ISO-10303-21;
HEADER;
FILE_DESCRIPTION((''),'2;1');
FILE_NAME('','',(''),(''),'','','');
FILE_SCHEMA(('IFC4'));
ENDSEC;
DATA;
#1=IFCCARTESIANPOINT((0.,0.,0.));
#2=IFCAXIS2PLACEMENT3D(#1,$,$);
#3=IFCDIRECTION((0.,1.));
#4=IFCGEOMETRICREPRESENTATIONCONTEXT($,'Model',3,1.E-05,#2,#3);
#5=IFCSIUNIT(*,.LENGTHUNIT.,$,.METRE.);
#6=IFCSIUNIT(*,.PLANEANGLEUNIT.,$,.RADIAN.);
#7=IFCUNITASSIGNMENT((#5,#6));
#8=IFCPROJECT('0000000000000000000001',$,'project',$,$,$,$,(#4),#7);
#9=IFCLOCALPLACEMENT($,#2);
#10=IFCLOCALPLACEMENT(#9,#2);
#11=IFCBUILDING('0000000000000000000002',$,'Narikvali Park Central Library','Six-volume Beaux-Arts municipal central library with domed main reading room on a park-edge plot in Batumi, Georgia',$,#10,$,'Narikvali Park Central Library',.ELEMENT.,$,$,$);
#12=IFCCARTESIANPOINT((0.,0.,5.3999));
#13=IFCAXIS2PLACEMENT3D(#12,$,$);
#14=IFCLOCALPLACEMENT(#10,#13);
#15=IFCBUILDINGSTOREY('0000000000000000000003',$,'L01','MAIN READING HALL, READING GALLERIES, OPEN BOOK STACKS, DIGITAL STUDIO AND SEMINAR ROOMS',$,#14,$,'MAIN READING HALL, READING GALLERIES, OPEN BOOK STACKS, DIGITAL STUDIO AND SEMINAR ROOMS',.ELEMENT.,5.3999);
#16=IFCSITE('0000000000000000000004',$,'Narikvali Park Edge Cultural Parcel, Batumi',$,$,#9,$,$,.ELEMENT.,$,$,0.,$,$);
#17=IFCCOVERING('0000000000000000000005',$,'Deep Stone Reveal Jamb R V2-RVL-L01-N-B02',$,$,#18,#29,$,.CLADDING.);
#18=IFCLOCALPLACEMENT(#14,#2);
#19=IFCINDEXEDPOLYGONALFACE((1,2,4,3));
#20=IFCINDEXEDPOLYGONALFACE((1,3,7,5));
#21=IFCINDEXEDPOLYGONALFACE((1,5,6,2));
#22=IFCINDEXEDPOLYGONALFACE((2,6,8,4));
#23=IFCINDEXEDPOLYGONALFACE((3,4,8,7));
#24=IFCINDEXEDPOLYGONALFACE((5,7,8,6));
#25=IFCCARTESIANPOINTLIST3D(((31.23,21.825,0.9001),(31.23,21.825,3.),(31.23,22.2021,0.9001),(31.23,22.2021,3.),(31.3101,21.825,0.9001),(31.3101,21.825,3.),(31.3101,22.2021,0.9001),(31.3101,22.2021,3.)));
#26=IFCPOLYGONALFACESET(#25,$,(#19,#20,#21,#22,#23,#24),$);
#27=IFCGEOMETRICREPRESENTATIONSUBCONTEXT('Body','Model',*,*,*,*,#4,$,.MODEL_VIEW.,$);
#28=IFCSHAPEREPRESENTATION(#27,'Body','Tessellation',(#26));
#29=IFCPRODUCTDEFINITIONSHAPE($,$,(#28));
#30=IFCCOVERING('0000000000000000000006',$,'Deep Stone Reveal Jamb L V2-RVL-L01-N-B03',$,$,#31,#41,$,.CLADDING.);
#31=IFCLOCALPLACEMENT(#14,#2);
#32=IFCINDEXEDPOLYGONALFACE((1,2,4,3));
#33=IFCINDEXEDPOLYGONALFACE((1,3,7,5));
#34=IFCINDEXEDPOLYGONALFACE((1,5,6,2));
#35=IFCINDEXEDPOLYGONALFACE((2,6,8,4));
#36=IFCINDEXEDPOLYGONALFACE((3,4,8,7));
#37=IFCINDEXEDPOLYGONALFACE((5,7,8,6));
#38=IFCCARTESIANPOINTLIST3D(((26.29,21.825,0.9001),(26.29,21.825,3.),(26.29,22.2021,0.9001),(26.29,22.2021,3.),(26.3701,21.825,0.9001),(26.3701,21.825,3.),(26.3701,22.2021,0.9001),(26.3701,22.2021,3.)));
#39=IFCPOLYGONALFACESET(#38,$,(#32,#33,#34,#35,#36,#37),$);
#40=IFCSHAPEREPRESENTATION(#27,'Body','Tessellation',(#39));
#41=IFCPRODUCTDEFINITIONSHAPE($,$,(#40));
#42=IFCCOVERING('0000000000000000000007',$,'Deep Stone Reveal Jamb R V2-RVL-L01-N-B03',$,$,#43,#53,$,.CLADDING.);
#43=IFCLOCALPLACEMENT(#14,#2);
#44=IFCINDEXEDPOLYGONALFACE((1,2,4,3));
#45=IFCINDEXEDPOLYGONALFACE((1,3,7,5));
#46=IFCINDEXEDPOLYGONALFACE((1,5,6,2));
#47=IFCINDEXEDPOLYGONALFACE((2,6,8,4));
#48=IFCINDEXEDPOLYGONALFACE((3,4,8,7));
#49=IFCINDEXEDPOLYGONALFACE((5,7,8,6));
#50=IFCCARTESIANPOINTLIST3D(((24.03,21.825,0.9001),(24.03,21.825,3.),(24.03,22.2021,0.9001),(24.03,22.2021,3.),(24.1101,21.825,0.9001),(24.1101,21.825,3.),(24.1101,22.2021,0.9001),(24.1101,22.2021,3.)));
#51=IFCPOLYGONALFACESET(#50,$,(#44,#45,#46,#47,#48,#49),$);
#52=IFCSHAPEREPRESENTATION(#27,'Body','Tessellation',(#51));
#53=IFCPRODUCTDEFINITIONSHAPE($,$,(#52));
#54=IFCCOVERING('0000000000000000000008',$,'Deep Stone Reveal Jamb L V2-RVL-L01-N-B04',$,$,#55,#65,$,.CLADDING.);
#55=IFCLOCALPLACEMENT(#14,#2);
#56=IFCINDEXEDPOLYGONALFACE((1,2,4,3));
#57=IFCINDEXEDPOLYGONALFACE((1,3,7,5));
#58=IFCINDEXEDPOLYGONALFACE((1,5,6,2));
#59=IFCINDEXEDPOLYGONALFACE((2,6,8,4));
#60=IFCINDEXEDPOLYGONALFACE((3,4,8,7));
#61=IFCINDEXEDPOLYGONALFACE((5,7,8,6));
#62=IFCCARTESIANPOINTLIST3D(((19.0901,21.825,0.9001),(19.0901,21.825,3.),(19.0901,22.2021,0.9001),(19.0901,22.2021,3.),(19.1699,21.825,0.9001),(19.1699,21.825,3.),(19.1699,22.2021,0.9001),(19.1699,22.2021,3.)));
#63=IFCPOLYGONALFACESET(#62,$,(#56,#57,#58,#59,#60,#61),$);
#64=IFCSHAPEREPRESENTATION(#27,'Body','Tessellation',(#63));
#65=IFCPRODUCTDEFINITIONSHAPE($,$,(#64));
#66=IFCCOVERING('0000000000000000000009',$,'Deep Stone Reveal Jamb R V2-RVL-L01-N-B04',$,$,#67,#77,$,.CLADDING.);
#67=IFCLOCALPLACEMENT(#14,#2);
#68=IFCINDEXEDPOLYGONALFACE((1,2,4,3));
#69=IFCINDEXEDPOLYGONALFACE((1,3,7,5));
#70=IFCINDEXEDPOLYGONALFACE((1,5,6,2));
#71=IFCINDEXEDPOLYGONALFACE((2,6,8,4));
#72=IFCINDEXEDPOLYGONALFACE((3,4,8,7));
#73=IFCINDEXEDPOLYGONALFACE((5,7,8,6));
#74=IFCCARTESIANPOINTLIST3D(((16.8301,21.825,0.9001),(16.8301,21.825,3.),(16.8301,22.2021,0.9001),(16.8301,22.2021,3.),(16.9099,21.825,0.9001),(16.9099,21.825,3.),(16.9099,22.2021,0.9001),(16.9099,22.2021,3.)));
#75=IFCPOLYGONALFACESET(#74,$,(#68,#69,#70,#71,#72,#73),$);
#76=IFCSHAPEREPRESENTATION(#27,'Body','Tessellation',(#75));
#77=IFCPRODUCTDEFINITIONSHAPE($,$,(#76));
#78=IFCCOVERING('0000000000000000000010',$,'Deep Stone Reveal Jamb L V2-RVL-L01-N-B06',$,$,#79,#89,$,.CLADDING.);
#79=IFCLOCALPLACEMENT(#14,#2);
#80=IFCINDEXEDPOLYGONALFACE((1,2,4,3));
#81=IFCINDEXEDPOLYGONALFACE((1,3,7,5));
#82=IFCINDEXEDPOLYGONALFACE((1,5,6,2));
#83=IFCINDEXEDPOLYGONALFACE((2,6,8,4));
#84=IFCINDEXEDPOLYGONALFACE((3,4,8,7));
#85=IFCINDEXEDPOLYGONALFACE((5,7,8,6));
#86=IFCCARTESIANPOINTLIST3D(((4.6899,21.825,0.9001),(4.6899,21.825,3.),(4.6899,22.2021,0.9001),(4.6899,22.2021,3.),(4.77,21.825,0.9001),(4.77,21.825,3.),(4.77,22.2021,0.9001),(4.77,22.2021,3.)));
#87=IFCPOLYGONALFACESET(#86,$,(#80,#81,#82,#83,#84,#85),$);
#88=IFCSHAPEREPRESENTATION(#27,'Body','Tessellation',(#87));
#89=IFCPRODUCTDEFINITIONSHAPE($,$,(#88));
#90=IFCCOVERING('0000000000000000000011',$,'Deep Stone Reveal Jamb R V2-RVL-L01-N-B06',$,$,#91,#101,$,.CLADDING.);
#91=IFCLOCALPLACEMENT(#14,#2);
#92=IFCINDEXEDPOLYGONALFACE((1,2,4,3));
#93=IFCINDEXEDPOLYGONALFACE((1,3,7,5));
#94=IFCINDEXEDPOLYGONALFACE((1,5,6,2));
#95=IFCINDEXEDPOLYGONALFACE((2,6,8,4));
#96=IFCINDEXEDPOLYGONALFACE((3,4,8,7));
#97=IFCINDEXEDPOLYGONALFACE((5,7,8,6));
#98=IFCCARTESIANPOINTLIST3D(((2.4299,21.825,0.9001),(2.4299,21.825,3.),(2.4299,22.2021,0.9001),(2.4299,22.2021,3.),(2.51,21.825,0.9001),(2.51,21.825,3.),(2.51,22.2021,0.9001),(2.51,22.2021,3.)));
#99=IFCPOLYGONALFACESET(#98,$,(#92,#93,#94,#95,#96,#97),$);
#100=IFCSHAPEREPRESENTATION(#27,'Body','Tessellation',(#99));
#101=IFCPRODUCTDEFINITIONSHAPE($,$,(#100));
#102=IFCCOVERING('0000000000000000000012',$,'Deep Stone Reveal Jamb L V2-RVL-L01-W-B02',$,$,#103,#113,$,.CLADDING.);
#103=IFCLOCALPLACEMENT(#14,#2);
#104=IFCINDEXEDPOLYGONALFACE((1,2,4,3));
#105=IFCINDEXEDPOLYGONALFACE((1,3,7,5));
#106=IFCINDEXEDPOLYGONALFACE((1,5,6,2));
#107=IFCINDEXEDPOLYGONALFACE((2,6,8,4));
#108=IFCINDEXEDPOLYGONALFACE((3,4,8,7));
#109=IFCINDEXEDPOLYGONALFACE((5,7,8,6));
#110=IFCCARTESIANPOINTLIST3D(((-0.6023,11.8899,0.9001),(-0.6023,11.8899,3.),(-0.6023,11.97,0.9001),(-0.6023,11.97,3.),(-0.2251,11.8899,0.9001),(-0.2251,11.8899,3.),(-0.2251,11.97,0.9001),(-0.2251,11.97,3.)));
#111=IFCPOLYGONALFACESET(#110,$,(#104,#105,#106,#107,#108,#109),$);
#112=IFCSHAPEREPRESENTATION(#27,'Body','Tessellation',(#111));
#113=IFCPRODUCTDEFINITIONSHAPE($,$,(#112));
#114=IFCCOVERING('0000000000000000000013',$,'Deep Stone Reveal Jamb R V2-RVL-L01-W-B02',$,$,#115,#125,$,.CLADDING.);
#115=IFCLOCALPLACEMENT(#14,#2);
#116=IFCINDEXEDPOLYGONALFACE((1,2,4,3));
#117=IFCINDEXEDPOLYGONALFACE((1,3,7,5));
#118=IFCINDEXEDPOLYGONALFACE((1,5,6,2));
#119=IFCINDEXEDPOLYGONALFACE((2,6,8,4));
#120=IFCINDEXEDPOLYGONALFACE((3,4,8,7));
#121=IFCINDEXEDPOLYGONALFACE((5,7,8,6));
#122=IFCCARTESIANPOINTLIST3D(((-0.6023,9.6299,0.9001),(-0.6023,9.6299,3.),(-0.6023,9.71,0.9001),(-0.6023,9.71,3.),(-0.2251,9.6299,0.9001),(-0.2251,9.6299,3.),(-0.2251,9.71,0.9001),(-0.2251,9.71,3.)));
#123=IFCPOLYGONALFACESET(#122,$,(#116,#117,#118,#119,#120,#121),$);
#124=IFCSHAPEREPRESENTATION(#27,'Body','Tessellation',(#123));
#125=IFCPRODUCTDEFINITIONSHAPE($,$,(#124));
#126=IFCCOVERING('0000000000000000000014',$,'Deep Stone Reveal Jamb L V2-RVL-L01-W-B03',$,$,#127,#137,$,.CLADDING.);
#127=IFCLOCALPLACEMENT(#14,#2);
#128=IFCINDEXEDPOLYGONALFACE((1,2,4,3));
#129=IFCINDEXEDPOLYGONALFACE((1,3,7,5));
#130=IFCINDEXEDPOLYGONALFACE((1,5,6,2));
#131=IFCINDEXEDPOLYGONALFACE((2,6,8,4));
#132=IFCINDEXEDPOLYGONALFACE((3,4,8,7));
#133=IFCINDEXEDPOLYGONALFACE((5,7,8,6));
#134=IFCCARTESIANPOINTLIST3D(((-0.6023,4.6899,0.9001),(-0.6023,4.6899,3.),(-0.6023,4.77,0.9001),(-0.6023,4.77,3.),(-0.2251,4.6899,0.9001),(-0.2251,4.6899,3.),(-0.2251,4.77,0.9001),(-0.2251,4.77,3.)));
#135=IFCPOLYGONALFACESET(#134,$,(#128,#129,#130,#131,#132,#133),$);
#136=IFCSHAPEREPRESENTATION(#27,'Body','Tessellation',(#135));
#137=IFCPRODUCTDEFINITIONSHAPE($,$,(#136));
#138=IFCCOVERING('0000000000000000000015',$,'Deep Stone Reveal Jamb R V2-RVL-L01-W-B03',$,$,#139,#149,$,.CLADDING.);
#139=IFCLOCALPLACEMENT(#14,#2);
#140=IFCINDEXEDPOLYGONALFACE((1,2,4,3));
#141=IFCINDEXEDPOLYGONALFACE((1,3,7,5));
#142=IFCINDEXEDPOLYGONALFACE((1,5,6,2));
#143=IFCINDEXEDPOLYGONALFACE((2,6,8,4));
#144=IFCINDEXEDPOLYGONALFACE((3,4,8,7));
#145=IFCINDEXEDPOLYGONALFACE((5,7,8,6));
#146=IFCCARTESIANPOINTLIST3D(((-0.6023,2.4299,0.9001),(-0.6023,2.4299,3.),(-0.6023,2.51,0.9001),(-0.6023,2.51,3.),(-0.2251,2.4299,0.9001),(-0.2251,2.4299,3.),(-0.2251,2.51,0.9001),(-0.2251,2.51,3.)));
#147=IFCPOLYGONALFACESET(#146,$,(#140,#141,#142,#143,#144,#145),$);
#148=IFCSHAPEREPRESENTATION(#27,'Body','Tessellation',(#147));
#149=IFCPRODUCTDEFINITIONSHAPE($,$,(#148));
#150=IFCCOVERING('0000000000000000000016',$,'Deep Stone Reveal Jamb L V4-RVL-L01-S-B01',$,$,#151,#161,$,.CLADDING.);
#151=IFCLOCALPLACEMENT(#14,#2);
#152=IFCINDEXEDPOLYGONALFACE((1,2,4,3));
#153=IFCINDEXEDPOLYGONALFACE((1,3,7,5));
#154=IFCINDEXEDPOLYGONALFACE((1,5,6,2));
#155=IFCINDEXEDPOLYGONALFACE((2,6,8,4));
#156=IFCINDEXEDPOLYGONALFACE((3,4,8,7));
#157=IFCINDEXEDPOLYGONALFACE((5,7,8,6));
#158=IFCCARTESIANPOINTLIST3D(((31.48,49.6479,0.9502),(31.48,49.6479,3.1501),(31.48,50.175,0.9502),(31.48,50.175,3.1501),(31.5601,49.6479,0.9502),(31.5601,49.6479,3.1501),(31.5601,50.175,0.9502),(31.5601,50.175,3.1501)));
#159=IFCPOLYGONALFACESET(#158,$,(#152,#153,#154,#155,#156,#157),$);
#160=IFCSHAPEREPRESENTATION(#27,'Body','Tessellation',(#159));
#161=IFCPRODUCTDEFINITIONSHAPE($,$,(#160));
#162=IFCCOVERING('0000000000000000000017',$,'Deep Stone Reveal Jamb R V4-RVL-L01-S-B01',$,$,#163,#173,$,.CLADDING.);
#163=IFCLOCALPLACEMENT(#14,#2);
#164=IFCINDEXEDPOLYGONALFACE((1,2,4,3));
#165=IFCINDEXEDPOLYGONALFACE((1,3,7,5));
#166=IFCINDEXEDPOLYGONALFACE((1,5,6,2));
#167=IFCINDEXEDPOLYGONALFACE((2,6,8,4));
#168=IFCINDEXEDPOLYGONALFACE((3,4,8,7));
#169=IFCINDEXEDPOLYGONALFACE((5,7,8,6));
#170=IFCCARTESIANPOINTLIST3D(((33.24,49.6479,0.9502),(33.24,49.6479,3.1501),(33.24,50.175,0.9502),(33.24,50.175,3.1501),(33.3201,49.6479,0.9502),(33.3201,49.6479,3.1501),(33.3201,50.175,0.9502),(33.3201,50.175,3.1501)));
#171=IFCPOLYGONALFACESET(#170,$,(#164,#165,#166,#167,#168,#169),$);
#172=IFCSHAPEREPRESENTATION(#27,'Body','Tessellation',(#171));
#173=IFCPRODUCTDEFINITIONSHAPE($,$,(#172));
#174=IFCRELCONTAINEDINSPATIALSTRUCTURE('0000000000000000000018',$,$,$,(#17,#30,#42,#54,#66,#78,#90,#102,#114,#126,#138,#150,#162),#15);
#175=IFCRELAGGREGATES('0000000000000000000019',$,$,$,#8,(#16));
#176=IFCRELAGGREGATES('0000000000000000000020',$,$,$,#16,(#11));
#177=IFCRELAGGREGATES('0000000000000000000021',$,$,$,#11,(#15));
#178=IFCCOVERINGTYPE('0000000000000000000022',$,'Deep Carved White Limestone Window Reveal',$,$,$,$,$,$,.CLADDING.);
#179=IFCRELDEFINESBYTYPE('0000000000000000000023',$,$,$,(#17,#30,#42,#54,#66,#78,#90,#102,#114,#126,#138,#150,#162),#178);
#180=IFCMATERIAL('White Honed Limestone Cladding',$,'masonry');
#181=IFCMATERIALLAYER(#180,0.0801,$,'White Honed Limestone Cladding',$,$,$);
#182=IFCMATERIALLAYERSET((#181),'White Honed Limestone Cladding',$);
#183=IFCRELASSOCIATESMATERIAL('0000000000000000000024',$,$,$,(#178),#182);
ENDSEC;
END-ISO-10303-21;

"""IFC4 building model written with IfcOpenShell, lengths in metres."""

from ifc_helpers import new_model, si_unit, direction, frame, origin, place, context, subcontext, project, spatial, polyline, outline, extrude, material, layer, layer_set, type_object, element, save


model = new_model("IFC4")

# Units and contexts
model_context = context("Model", 3, precision=1e-05, world=origin(), true_north=direction((0.0, 1.0)))
body_context = subcontext(model_context, "Body", "Model", "MODEL_VIEW")
ifc_project = project(units=[si_unit("LENGTHUNIT", "METRE"), si_unit("PLANEANGLEUNIT", "RADIAN")], contexts=[model_context])

# Site, building, storey
site_placement = place(None, origin())
site = spatial("IfcSite", under=ifc_project, at=site_placement, Name="Narikvali Park Edge Cultural Parcel, Batumi", CompositionType="ELEMENT", RefElevation=0.0)
building_placement = place(site_placement, origin())
building = spatial("IfcBuilding", under=site, at=building_placement, Name="Narikvali Park Central Library", Description="Six-volume Beaux-Arts municipal central library with domed main reading room on a park-edge plot in Batumi, Georgia", LongName="Narikvali Park Central Library", CompositionType="ELEMENT")
storey_placement = place(building_placement, frame((0.0, 0.0, 5.3999)))
storey = spatial("IfcBuildingStorey", under=building, at=storey_placement, Name="L01", Description="MAIN READING HALL, READING GALLERIES, OPEN BOOK STACKS, DIGITAL STUDIO AND SEMINAR ROOMS", LongName="MAIN READING HALL, READING GALLERIES, OPEN BOOK STACKS, DIGITAL STUDIO AND SEMINAR ROOMS", CompositionType="ELEMENT", Elevation=5.3999)

# Coverings
ifc_material = material(Name="White Honed Limestone Cladding", Category="masonry")
ifc_layer = layer(ifc_material, 0.0801, Name="White Honed Limestone Cladding")
ifc_layer_set = layer_set([ifc_layer], Name="White Honed Limestone Cladding")
covering_type = type_object("IfcCoveringType", Name="Deep Carved White Limestone Window Reveal", PredefinedType="CLADDING", material=ifc_layer_set)
covering_1_placement = place(storey_placement, frame((0.0, 0.0, 0.9001)))
element("IfcCovering", 1, at=covering_1_placement, inside=storey, type_object=covering_type, Name="Deep Stone Reveal Jamb R V2-RVL-L01-N-B02", PredefinedType="CLADDING", context=body_context, shape_type="SweptSolid", body=[
    extrude(outline(polyline([(31.3101, 21.825), (31.23, 21.825), (31.23, 22.2021), (31.3101, 22.2021), (31.3101, 21.825)])), origin(), (0.0, 0.0, 1.0), 2.0999),
])
covering_2_placement = place(storey_placement, frame((0.0, 0.0, 0.9001)))
element("IfcCovering", 2, at=covering_2_placement, inside=storey, type_object=covering_type, Name="Deep Stone Reveal Jamb L V2-RVL-L01-N-B03", PredefinedType="CLADDING", context=body_context, shape_type="SweptSolid", body=[
    extrude(outline(polyline([(26.3701, 21.825), (26.29, 21.825), (26.29, 22.2021), (26.3701, 22.2021), (26.3701, 21.825)])), origin(), (0.0, 0.0, 1.0), 2.0999),
])
covering_3_placement = place(storey_placement, frame((0.0, 0.0, 0.9001)))
element("IfcCovering", 3, at=covering_3_placement, inside=storey, type_object=covering_type, Name="Deep Stone Reveal Jamb R V2-RVL-L01-N-B03", PredefinedType="CLADDING", context=body_context, shape_type="SweptSolid", body=[
    extrude(outline(polyline([(24.1101, 21.825), (24.03, 21.825), (24.03, 22.2021), (24.1101, 22.2021), (24.1101, 21.825)])), origin(), (0.0, 0.0, 1.0), 2.0999),
])
covering_4_placement = place(storey_placement, frame((0.0, 0.0, 0.9001)))
element("IfcCovering", 4, at=covering_4_placement, inside=storey, type_object=covering_type, Name="Deep Stone Reveal Jamb L V2-RVL-L01-N-B04", PredefinedType="CLADDING", context=body_context, shape_type="SweptSolid", body=[
    extrude(outline(polyline([(19.1699, 21.825), (19.0901, 21.825), (19.0901, 22.2021), (19.1699, 22.2021), (19.1699, 21.825)])), origin(), (0.0, 0.0, 1.0), 2.0999),
])
covering_5_placement = place(storey_placement, frame((0.0, 0.0, 0.9001)))
element("IfcCovering", 5, at=covering_5_placement, inside=storey, type_object=covering_type, Name="Deep Stone Reveal Jamb R V2-RVL-L01-N-B04", PredefinedType="CLADDING", context=body_context, shape_type="SweptSolid", body=[
    extrude(outline(polyline([(16.9099, 21.825), (16.8301, 21.825), (16.8301, 22.2021), (16.9099, 22.2021), (16.9099, 21.825)])), origin(), (0.0, 0.0, 1.0), 2.0999),
])
covering_6_placement = place(storey_placement, frame((0.0, 0.0, 0.9001)))
element("IfcCovering", 6, at=covering_6_placement, inside=storey, type_object=covering_type, Name="Deep Stone Reveal Jamb L V2-RVL-L01-N-B06", PredefinedType="CLADDING", context=body_context, shape_type="SweptSolid", body=[
    extrude(outline(polyline([(4.77, 21.825), (4.6899, 21.825), (4.6899, 22.2021), (4.77, 22.2021), (4.77, 21.825)])), origin(), (0.0, 0.0, 1.0), 2.0999),
])
covering_7_placement = place(storey_placement, frame((0.0, 0.0, 0.9001)))
element("IfcCovering", 7, at=covering_7_placement, inside=storey, type_object=covering_type, Name="Deep Stone Reveal Jamb R V2-RVL-L01-N-B06", PredefinedType="CLADDING", context=body_context, shape_type="SweptSolid", body=[
    extrude(outline(polyline([(2.51, 21.825), (2.4299, 21.825), (2.4299, 22.2021), (2.51, 22.2021), (2.51, 21.825)])), origin(), (0.0, 0.0, 1.0), 2.0999),
])
covering_8_placement = place(storey_placement, frame((0.0, 0.0, 0.9001)))
element("IfcCovering", 8, at=covering_8_placement, inside=storey, type_object=covering_type, Name="Deep Stone Reveal Jamb L V2-RVL-L01-W-B02", PredefinedType="CLADDING", context=body_context, shape_type="SweptSolid", body=[
    extrude(outline(polyline([(-0.2251, 11.97), (-0.2251, 11.8899), (-0.6023, 11.8899), (-0.6023, 11.97), (-0.2251, 11.97)])), origin(), (0.0, 0.0, 1.0), 2.0999),
])
covering_9_placement = place(storey_placement, frame((0.0, 0.0, 0.9001)))
element("IfcCovering", 9, at=covering_9_placement, inside=storey, type_object=covering_type, Name="Deep Stone Reveal Jamb R V2-RVL-L01-W-B02", PredefinedType="CLADDING", context=body_context, shape_type="SweptSolid", body=[
    extrude(outline(polyline([(-0.2251, 9.71), (-0.2251, 9.6299), (-0.6023, 9.6299), (-0.6023, 9.71), (-0.2251, 9.71)])), origin(), (0.0, 0.0, 1.0), 2.0999),
])
covering_10_placement = place(storey_placement, frame((0.0, 0.0, 0.9001)))
element("IfcCovering", 10, at=covering_10_placement, inside=storey, type_object=covering_type, Name="Deep Stone Reveal Jamb L V2-RVL-L01-W-B03", PredefinedType="CLADDING", context=body_context, shape_type="SweptSolid", body=[
    extrude(outline(polyline([(-0.2251, 4.77), (-0.2251, 4.6899), (-0.6023, 4.6899), (-0.6023, 4.77), (-0.2251, 4.77)])), origin(), (0.0, 0.0, 1.0), 2.0999),
])
covering_11_placement = place(storey_placement, frame((0.0, 0.0, 0.9001)))
element("IfcCovering", 11, at=covering_11_placement, inside=storey, type_object=covering_type, Name="Deep Stone Reveal Jamb R V2-RVL-L01-W-B03", PredefinedType="CLADDING", context=body_context, shape_type="SweptSolid", body=[
    extrude(outline(polyline([(-0.2251, 2.51), (-0.2251, 2.4299), (-0.6023, 2.4299), (-0.6023, 2.51), (-0.2251, 2.51)])), origin(), (0.0, 0.0, 1.0), 2.0999),
])
covering_12_placement = place(storey_placement, frame((0.0, 0.0, 0.9502)))
element("IfcCovering", 12, at=covering_12_placement, inside=storey, type_object=covering_type, Name="Deep Stone Reveal Jamb L V4-RVL-L01-S-B01", PredefinedType="CLADDING", context=body_context, shape_type="SweptSolid", body=[
    extrude(outline(polyline([(31.48, 50.175), (31.5601, 50.175), (31.5601, 49.6479), (31.48, 49.6479), (31.48, 50.175)])), origin(), (0.0, 0.0, 1.0), 2.2),
])
covering_13_placement = place(storey_placement, frame((0.0, 0.0, 0.9502)))
element("IfcCovering", 13, at=covering_13_placement, inside=storey, type_object=covering_type, Name="Deep Stone Reveal Jamb R V4-RVL-L01-S-B01", PredefinedType="CLADDING", context=body_context, shape_type="SweptSolid", body=[
    extrude(outline(polyline([(33.24, 50.175), (33.3201, 50.175), (33.3201, 49.6479), (33.24, 49.6479), (33.24, 50.175)])), origin(), (0.0, 0.0, 1.0), 2.2),
])

save(model, "model.ifc")
